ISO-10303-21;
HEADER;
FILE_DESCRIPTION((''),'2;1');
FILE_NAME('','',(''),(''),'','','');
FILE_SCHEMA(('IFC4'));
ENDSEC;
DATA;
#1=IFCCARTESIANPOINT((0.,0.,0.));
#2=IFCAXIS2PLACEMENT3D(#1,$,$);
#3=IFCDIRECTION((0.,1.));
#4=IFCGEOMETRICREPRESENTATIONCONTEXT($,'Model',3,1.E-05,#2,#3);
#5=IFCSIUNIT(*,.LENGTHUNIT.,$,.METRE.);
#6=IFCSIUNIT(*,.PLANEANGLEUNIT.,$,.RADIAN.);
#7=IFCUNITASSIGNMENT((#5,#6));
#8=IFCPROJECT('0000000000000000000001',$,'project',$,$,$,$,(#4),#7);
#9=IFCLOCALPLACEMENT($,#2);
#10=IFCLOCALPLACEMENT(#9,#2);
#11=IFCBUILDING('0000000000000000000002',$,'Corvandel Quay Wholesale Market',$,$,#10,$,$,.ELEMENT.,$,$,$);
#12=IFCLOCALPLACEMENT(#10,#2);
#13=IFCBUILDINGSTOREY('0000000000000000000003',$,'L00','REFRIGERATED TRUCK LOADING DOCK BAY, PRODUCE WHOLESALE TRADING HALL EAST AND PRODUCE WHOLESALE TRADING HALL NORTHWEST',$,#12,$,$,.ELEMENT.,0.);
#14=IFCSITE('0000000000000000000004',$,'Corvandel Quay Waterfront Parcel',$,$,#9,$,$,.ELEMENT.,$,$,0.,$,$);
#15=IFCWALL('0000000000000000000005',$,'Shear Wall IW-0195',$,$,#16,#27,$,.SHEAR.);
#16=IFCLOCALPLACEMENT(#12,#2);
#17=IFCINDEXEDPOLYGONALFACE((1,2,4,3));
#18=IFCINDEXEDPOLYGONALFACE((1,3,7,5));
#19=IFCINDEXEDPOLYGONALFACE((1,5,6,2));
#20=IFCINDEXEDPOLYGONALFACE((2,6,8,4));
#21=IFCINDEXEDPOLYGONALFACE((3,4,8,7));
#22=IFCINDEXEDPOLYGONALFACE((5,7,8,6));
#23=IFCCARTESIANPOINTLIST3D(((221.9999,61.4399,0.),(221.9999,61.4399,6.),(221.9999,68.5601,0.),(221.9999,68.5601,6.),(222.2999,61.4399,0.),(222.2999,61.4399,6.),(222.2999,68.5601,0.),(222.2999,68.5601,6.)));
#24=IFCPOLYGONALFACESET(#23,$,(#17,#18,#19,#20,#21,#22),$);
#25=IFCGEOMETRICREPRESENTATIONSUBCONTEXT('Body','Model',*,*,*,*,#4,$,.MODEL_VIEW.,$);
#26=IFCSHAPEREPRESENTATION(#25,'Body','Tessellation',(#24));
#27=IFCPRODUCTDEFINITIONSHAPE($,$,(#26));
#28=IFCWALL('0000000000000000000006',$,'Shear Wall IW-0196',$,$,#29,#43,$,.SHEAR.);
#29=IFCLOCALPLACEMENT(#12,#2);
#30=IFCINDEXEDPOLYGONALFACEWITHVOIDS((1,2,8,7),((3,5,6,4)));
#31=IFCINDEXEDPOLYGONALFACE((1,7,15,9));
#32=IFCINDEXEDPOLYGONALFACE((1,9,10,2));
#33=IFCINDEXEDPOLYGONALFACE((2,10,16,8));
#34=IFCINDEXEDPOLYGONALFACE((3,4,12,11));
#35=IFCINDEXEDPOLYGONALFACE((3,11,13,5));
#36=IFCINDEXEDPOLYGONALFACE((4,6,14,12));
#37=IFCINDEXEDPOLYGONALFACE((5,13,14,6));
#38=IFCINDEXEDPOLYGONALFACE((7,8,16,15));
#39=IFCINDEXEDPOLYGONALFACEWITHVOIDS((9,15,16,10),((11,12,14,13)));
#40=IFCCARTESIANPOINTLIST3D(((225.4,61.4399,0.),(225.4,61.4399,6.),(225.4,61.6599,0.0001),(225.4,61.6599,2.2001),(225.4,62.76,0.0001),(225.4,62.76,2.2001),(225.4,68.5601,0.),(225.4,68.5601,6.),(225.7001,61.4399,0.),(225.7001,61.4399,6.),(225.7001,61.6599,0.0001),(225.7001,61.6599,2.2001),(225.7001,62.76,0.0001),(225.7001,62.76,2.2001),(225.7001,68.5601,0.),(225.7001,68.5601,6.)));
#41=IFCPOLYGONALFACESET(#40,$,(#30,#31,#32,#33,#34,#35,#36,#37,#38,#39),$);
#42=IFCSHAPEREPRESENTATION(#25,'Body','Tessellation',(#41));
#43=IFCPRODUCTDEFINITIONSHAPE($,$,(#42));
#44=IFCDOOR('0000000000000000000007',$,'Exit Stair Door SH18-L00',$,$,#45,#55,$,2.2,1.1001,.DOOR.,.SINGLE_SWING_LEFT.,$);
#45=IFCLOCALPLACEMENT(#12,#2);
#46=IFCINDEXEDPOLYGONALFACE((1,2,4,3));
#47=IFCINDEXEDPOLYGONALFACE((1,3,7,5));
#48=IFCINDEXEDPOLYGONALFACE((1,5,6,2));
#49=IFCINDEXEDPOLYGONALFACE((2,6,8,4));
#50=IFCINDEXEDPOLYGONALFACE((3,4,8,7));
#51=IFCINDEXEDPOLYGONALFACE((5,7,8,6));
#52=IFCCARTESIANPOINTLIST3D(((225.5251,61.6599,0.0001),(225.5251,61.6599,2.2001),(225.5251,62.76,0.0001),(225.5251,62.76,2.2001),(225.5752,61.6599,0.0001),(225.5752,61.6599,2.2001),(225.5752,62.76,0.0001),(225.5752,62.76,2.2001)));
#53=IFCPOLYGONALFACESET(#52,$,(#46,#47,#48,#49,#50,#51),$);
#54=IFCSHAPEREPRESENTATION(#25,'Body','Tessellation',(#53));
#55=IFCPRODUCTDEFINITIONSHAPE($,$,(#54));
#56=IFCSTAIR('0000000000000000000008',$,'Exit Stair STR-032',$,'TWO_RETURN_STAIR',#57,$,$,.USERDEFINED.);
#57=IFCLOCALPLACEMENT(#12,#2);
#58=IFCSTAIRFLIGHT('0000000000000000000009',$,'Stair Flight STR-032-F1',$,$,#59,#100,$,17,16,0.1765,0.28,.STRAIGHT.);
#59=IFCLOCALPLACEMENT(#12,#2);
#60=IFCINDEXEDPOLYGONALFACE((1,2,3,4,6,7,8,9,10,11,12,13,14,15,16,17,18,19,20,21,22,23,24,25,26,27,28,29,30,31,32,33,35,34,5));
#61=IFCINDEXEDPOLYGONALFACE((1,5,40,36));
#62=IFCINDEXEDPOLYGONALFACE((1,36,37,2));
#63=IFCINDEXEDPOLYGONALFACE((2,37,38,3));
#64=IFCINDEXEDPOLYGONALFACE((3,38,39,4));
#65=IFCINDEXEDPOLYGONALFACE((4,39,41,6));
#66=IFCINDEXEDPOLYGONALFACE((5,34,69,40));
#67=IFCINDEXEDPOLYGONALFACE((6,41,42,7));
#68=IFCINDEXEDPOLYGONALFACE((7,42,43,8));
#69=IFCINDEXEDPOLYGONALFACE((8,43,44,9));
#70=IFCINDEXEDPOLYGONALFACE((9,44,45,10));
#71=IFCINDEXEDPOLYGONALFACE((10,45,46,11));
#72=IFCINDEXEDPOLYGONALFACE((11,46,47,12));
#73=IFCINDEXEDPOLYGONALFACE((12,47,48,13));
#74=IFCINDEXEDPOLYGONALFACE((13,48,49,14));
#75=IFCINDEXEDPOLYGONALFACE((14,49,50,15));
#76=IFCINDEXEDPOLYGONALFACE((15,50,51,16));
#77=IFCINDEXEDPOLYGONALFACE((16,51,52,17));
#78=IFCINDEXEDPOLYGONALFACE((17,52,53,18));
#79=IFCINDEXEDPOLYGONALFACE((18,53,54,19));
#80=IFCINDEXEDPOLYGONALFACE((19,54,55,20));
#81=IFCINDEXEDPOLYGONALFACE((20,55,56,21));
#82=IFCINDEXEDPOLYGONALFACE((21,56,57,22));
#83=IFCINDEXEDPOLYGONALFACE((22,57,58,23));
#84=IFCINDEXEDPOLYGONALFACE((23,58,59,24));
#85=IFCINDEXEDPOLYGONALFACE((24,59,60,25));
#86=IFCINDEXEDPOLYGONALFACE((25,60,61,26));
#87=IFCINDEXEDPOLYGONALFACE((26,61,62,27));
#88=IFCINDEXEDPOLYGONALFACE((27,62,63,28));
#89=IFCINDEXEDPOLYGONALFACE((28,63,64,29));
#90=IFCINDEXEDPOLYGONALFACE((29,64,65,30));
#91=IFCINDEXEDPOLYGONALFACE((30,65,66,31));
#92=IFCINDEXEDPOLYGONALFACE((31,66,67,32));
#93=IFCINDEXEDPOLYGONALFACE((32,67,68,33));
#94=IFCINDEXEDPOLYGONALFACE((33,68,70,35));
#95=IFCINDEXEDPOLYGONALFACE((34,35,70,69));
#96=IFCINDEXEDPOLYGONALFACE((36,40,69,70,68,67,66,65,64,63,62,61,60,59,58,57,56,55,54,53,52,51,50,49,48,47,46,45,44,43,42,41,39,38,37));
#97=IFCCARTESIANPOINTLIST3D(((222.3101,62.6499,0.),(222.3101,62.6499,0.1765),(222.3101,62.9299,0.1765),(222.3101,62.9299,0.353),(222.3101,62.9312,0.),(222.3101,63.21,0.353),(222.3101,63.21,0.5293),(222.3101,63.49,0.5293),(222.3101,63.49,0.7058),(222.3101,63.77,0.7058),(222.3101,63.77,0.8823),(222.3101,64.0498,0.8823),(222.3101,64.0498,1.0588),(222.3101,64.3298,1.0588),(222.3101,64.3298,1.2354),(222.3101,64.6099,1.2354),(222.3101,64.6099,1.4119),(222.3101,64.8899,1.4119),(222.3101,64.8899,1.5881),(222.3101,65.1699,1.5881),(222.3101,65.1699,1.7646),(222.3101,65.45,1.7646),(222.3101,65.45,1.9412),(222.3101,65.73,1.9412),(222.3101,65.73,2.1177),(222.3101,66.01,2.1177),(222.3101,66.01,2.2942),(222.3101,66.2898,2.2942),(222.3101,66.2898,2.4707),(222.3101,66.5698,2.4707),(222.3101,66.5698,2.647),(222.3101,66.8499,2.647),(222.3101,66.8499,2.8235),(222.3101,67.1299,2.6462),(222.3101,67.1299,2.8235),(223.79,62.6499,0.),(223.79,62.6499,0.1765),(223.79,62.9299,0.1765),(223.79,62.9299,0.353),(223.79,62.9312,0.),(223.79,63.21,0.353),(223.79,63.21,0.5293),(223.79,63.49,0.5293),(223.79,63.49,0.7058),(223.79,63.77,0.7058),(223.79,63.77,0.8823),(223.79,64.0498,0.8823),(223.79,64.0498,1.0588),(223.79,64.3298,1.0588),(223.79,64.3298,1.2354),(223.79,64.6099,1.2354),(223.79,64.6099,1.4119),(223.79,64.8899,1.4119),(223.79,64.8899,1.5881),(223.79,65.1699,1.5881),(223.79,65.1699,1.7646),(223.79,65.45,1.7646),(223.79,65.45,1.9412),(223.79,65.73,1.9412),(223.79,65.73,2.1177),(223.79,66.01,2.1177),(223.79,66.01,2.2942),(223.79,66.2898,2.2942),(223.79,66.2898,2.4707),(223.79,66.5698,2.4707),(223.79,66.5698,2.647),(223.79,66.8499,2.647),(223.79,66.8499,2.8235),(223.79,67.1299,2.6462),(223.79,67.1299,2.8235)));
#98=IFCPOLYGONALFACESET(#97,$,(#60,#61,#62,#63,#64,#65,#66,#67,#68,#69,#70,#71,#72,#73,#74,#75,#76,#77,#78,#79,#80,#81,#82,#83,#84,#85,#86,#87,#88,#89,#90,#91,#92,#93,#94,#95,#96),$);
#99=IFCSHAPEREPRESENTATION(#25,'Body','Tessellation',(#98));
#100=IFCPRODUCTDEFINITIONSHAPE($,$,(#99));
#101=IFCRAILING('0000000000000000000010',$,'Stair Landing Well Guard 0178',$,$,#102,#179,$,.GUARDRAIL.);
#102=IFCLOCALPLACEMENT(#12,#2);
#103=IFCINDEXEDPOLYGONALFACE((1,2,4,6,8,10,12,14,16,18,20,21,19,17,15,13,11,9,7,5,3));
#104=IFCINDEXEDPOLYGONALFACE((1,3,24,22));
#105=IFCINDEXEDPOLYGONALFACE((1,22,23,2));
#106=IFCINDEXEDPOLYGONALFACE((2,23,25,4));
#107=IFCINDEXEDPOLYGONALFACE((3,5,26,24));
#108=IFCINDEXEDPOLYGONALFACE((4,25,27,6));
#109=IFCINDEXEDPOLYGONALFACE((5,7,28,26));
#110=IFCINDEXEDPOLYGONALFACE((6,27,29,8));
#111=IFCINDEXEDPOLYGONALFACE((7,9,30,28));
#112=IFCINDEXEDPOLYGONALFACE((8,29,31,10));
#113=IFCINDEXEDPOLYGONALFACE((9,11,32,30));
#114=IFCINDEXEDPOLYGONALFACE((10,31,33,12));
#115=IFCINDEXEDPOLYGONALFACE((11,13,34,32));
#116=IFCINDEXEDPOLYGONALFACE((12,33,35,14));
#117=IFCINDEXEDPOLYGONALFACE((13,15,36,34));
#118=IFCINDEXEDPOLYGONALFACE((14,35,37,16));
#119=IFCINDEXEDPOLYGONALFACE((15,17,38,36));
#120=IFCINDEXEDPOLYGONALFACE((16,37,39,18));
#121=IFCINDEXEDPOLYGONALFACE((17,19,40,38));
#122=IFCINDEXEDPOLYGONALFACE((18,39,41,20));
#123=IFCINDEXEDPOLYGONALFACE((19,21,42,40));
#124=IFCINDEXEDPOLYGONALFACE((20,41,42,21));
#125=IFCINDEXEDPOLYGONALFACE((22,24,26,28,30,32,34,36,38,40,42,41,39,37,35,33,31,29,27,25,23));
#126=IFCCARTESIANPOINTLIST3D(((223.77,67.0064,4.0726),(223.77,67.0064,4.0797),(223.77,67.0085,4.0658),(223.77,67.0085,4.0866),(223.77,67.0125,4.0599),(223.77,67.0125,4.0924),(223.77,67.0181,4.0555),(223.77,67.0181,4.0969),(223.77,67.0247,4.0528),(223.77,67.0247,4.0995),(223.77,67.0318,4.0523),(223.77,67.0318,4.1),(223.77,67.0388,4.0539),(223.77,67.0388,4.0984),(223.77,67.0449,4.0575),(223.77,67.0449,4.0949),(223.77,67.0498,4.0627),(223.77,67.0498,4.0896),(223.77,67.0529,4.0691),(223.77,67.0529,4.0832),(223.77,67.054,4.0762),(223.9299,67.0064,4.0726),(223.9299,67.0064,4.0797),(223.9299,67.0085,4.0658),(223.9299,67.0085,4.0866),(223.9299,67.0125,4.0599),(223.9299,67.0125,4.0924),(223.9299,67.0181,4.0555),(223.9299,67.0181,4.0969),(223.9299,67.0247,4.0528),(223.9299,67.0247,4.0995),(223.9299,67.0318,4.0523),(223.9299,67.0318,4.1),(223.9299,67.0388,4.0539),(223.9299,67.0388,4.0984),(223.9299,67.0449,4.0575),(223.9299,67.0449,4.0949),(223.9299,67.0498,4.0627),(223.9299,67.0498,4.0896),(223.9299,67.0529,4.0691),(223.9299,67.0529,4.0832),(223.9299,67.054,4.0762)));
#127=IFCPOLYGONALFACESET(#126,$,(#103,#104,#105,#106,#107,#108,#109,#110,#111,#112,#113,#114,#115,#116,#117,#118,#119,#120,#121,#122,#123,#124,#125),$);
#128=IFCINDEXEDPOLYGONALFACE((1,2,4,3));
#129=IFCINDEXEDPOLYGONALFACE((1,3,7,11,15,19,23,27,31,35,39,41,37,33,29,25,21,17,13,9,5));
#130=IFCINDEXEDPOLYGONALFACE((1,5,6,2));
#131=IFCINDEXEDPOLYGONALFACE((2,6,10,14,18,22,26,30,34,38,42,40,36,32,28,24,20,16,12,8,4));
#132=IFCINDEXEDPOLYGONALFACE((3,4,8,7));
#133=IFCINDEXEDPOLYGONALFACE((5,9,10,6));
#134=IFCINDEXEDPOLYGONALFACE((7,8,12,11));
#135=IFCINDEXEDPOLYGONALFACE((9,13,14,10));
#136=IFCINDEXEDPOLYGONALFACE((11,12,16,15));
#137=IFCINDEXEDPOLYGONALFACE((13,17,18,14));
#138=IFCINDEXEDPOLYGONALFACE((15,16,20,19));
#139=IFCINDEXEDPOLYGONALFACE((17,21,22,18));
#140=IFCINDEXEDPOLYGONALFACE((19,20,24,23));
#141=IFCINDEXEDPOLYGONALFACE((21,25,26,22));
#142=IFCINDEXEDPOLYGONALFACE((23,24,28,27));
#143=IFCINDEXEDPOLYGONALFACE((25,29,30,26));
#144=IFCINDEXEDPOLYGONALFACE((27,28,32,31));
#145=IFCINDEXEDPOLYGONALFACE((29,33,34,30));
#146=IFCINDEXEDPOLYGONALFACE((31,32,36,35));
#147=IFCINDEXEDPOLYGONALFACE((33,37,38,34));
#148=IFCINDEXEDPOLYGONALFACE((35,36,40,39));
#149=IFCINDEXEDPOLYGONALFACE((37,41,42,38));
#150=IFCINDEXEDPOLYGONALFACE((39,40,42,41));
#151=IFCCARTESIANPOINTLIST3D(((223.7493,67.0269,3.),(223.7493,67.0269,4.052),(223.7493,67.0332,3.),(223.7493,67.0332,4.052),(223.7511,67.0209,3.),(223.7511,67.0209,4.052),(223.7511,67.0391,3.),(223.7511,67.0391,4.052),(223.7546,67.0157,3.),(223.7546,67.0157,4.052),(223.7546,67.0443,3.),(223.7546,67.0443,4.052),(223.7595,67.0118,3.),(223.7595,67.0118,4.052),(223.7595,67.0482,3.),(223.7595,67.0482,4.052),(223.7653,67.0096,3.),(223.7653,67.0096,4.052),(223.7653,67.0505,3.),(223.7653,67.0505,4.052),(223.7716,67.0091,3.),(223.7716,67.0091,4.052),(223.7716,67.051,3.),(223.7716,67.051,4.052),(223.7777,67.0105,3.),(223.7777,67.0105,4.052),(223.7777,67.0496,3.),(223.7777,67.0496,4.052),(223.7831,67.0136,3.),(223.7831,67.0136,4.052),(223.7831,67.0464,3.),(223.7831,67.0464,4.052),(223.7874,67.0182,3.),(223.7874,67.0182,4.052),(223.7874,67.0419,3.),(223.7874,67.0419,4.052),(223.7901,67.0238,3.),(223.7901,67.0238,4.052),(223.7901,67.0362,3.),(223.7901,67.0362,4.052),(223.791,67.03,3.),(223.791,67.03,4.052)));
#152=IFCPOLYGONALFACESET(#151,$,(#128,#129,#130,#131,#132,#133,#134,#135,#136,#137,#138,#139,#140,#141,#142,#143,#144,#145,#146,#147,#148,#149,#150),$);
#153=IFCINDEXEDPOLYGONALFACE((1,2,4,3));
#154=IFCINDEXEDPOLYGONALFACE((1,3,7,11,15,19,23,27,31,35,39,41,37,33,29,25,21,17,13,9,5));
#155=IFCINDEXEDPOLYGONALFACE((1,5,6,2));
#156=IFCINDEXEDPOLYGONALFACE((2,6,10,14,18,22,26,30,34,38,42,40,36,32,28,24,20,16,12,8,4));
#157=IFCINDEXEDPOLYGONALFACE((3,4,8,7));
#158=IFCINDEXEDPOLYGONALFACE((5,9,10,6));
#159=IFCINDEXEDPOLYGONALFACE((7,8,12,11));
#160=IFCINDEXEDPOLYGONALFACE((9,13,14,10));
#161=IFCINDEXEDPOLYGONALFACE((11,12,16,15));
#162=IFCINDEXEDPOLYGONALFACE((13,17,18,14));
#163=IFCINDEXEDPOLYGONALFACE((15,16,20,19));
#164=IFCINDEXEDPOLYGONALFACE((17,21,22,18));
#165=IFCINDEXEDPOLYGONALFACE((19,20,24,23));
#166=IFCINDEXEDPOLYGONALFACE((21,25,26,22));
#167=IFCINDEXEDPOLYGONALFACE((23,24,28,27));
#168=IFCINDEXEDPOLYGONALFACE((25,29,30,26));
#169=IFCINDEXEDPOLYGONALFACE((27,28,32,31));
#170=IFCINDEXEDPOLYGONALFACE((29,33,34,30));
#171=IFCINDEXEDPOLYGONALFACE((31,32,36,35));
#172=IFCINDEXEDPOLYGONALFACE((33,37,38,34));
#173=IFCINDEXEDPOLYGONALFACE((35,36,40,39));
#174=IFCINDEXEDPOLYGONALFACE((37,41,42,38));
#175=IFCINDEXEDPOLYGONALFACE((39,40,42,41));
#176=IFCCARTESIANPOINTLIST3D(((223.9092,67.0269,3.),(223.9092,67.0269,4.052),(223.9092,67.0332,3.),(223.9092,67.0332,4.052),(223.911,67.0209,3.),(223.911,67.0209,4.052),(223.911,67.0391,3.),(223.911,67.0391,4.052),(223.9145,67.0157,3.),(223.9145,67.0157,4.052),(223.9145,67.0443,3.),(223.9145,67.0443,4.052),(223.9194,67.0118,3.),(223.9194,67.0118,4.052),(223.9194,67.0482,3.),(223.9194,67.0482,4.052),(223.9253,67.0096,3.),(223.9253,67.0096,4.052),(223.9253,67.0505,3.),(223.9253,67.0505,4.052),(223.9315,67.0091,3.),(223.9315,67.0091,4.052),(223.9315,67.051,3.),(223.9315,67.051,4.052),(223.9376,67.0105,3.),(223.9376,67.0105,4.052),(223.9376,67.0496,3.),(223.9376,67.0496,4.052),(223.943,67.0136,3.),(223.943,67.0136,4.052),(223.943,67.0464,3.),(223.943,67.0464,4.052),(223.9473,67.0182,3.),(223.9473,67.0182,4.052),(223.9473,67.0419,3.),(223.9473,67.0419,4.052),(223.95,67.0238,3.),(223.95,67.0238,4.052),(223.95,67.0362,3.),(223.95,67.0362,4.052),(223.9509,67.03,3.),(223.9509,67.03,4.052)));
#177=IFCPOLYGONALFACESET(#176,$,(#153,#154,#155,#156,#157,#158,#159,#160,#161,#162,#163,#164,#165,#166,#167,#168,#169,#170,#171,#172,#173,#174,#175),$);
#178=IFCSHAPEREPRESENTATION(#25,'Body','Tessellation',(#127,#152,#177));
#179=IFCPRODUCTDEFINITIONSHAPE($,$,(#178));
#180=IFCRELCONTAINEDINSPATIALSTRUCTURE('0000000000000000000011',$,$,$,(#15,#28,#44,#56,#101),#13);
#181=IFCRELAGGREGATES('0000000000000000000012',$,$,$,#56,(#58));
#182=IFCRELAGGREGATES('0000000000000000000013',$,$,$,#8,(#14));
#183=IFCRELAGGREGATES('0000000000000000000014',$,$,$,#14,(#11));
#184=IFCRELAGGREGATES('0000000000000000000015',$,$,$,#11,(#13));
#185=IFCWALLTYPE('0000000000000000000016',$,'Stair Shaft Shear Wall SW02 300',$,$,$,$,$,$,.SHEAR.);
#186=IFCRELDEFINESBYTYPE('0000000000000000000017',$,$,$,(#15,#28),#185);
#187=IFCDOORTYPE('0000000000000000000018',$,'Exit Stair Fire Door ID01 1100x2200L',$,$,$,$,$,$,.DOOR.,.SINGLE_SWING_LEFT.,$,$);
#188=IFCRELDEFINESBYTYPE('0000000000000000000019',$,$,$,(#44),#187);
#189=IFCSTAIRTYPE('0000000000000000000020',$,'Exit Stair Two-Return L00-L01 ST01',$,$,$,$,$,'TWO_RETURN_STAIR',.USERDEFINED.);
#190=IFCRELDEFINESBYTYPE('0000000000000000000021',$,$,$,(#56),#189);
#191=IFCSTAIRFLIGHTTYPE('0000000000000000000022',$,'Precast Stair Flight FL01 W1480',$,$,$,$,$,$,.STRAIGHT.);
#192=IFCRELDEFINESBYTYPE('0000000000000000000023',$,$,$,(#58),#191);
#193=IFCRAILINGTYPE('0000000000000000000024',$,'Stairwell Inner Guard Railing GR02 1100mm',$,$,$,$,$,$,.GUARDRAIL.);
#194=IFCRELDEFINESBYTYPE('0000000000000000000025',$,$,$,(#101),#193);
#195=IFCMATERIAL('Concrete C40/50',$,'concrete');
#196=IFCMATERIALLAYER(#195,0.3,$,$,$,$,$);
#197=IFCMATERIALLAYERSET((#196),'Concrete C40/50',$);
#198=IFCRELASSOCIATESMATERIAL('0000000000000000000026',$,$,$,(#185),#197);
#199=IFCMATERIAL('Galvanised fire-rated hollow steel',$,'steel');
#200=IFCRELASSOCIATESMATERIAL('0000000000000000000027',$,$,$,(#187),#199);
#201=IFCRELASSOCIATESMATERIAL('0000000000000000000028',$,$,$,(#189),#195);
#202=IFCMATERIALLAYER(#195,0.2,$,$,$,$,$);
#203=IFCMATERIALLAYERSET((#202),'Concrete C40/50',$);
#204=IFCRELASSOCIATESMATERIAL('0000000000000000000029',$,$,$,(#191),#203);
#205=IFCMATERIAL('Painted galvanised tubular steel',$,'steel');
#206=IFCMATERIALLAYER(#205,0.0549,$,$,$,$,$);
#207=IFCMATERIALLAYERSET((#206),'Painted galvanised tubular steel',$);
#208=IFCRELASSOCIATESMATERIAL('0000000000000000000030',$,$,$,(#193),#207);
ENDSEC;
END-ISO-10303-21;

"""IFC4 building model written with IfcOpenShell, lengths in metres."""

from ifc_helpers import new_model, si_unit, direction, frame, frame_2d, origin, origin_2d, place, context, subcontext, project, spatial, polyline, rectangle, circle, outline, extrude, material, layer, layer_set, type_object, element, fill, aggregate, save


model = new_model("IFC4")

# Units and contexts
model_context = context("Model", 3, precision=1e-05, world=origin(), true_north=direction((0.0, 1.0)))
body_context = subcontext(model_context, "Body", "Model", "MODEL_VIEW")
ifc_project = project(units=[si_unit("LENGTHUNIT", "METRE"), si_unit("PLANEANGLEUNIT", "RADIAN")], contexts=[model_context])

# Site, building, storey
site_placement = place(None, origin())
site = spatial("IfcSite", under=ifc_project, at=site_placement, Name="Corvandel Quay Waterfront Parcel", CompositionType="ELEMENT", RefElevation=0.0)
building_placement = place(site_placement, origin())
building = spatial("IfcBuilding", under=site, at=building_placement, Name="Corvandel Quay Wholesale Market", CompositionType="ELEMENT")
storey_placement = place(building_placement, origin())
storey = spatial("IfcBuildingStorey", under=building, at=storey_placement, Name="L00", Description="REFRIGERATED TRUCK LOADING DOCK BAY, PRODUCE WHOLESALE TRADING HALL EAST AND PRODUCE WHOLESALE TRADING HALL NORTHWEST", CompositionType="ELEMENT", Elevation=0.0)

# Shared definitions
ifc_material_1 = material(Name="Concrete C40/50", Category="concrete")

# Wall
ifc_layer_1 = layer(ifc_material_1, 0.3)
ifc_layer_set_1 = layer_set([ifc_layer_1], Name="Concrete C40/50")
wall_type = type_object("IfcWallType", Name="Stair Shaft Shear Wall SW02 300", PredefinedType="SHEAR", material=ifc_layer_set_1)
wall_1_placement = place(storey_placement, frame((222.1499, 61.4399, 0.0), z_axis=(0.0, 0.0, 1.0), x_axis=(0.0, 1.0, 0.0)))
element("IfcWall", 1, at=wall_1_placement, inside=storey, type_object=wall_type, Name="Shear Wall IW-0195", PredefinedType="SHEAR", context=body_context, shape_type="SweptSolid", body=[
    extrude(rectangle(XDim=7.1201, YDim=0.3, at=frame_2d((3.5601, 0.0))), origin(), (0.0, 0.0, 1.0), 6.0),
])

# Wall, opening, door
wall_2_placement = place(storey_placement, frame((225.55, 61.4399, 0.0), z_axis=(0.0, 0.0, 1.0), x_axis=(0.0, 1.0, 0.0)))
wall_2 = element("IfcWall", 2, at=wall_2_placement, inside=storey, type_object=wall_type, Name="Shear Wall IW-0196", PredefinedType="SHEAR", context=body_context, shape_type="SweptSolid", body=[
    extrude(rectangle(XDim=7.1201, YDim=0.3, at=frame_2d((3.5601, 0.0))), origin(), (0.0, 0.0, 1.0), 6.0),
])
opening_placement = place(wall_2_placement, frame((0.22, 0.0, 0.0)))
opening = element("IfcOpeningElement", 3, at=opening_placement, cuts=wall_2, PredefinedType="OPENING", context=body_context, shape_type="SweptSolid", body=[
    extrude(rectangle(XDim=1.1001, YDim=2.2, at=frame_2d((0.55, 1.1001))), frame((0.0, 0.1599, 0.0), z_axis=(0.0, -1.0, 0.0), x_axis=(1.0, 0.0, 0.0)), (0.0, 0.0, 1.0), 0.3201),
])
ifc_material_2 = material(Name="Galvanised fire-rated hollow steel", Category="steel")
door_type = type_object("IfcDoorType", Name="Exit Stair Fire Door ID01 1100x2200L", OperationType="SINGLE_SWING_LEFT", PredefinedType="DOOR", material=ifc_material_2)
door_placement = place(opening_placement, origin())
door = element("IfcDoor", 4, at=door_placement, inside=storey, type_object=door_type, Name="Exit Stair Door SH18-L00", OperationType="SINGLE_SWING_LEFT", OverallHeight=2.2, OverallWidth=1.1001, PredefinedType="DOOR", context=body_context, shape_type="SweptSolid", body=[
    extrude(rectangle(XDim=1.1001, YDim=2.2, at=frame_2d((0.55, 1.1001))), frame((0.0, 0.0249, 0.0), z_axis=(0.0, -1.0, 0.0), x_axis=(1.0, 0.0, 0.0)), (0.0, 0.0, 1.0), 0.05),
])
fill(opening, door)

# Stair, stair flight
stair_type = type_object("IfcStairType", Name="Exit Stair Two-Return L00-L01 ST01", ElementType="TWO_RETURN_STAIR", PredefinedType="USERDEFINED", material=ifc_material_1)
stair_placement = place(storey_placement, origin())
stair = element("IfcStair", 5, at=stair_placement, inside=storey, type_object=stair_type, Name="Exit Stair STR-032", ObjectType="TWO_RETURN_STAIR", PredefinedType="USERDEFINED")
ifc_layer_2 = layer(ifc_material_1, 0.2)
ifc_layer_set_2 = layer_set([ifc_layer_2], Name="Concrete C40/50")
stair_flight_type = type_object("IfcStairFlightType", Name="Precast Stair Flight FL01 W1480", PredefinedType="STRAIGHT", material=ifc_layer_set_2)
stair_flight_placement = place(storey_placement, frame((223.05, 62.6499, 0.0), z_axis=(0.0, 0.0, 1.0), x_axis=(0.0, 1.0, 0.0)))
stair_flight = element("IfcStairFlight", 6, at=stair_flight_placement, type_object=stair_flight_type, Name="Stair Flight STR-032-F1", NumberOfRisers=17, NumberOfTreads=16, PredefinedType="STRAIGHT", RiserHeight=0.1765, TreadLength=0.28, context=body_context, shape_type="SweptSolid", body=[
    extrude(outline(polyline([(0.0, 0.0), (0.0, 0.1765), (0.28, 0.1765), (0.28, 0.353), (0.5601, 0.353), (0.5601, 0.5293), (0.8401, 0.5293), (0.8401, 0.7058), (1.1201, 0.7058), (1.1201, 0.8823), (1.3999, 0.8823), (1.3999, 1.0588), (1.6799, 1.0588), (1.6799, 1.2354), (1.96, 1.2354), (1.96, 1.4119), (2.24, 1.4119), (2.24, 1.5881), (2.52, 1.5881), (2.52, 1.7646), (2.8, 1.7646), (2.8, 1.9412), (3.0801, 1.9412), (3.0801, 2.1177), (3.3601, 2.1177), (3.3601, 2.2942), (3.6399, 2.2942), (3.6399, 2.4707), (3.9199, 2.4707), (3.9199, 2.647), (4.2, 2.647), (4.2, 2.8235), (4.48, 2.8235), (4.48, 3.0), (4.48, 2.6462), (0.2812, 0.0), (0.0, 0.0)])), frame((0.0, 0.74, 0.0), z_axis=(0.0, -1.0, 0.0), x_axis=(1.0, 0.0, 0.0)), (0.0, 0.0, 1.0), 1.48),
])
aggregate(stair, [stair_flight])

# Railing
ifc_material_3 = material(Name="Painted galvanised tubular steel", Category="steel")
ifc_layer_3 = layer(ifc_material_3, 0.0549)
ifc_layer_set_3 = layer_set([ifc_layer_3], Name="Painted galvanised tubular steel")
railing_type_1 = type_object("IfcRailingType", Name="Stairwell Inner Guard Railing GR02 1100mm", PredefinedType="GUARDRAIL", material=ifc_layer_set_3)
railing_placement = place(storey_placement, frame((223.77, 67.03, 3.0)))
element("IfcRailing", 7, at=railing_placement, inside=storey, type_object=railing_type_1, Name="Stair Landing Well Guard 0178", PredefinedType="GUARDRAIL", context=body_context, shape_type="SweptSolid", body=[
    extrude(circle(Radius=0.0239, at=origin_2d()), frame((0.0, 0.0, 1.0762), z_axis=(1.0, 0.0, 0.0), x_axis=(0.0, 1.0, 0.0)), (0.0, 0.0, 1.0), 0.1599),
    extrude(circle(Radius=0.021, at=origin_2d()), origin(), (0.0, 0.0, 1.0), 1.052),
    extrude(circle(Radius=0.021, at=origin_2d()), frame((0.1599, 0.0, 0.0)), (0.0, 0.0, 1.0), 1.052),
])

save(model, "model.ifc")
